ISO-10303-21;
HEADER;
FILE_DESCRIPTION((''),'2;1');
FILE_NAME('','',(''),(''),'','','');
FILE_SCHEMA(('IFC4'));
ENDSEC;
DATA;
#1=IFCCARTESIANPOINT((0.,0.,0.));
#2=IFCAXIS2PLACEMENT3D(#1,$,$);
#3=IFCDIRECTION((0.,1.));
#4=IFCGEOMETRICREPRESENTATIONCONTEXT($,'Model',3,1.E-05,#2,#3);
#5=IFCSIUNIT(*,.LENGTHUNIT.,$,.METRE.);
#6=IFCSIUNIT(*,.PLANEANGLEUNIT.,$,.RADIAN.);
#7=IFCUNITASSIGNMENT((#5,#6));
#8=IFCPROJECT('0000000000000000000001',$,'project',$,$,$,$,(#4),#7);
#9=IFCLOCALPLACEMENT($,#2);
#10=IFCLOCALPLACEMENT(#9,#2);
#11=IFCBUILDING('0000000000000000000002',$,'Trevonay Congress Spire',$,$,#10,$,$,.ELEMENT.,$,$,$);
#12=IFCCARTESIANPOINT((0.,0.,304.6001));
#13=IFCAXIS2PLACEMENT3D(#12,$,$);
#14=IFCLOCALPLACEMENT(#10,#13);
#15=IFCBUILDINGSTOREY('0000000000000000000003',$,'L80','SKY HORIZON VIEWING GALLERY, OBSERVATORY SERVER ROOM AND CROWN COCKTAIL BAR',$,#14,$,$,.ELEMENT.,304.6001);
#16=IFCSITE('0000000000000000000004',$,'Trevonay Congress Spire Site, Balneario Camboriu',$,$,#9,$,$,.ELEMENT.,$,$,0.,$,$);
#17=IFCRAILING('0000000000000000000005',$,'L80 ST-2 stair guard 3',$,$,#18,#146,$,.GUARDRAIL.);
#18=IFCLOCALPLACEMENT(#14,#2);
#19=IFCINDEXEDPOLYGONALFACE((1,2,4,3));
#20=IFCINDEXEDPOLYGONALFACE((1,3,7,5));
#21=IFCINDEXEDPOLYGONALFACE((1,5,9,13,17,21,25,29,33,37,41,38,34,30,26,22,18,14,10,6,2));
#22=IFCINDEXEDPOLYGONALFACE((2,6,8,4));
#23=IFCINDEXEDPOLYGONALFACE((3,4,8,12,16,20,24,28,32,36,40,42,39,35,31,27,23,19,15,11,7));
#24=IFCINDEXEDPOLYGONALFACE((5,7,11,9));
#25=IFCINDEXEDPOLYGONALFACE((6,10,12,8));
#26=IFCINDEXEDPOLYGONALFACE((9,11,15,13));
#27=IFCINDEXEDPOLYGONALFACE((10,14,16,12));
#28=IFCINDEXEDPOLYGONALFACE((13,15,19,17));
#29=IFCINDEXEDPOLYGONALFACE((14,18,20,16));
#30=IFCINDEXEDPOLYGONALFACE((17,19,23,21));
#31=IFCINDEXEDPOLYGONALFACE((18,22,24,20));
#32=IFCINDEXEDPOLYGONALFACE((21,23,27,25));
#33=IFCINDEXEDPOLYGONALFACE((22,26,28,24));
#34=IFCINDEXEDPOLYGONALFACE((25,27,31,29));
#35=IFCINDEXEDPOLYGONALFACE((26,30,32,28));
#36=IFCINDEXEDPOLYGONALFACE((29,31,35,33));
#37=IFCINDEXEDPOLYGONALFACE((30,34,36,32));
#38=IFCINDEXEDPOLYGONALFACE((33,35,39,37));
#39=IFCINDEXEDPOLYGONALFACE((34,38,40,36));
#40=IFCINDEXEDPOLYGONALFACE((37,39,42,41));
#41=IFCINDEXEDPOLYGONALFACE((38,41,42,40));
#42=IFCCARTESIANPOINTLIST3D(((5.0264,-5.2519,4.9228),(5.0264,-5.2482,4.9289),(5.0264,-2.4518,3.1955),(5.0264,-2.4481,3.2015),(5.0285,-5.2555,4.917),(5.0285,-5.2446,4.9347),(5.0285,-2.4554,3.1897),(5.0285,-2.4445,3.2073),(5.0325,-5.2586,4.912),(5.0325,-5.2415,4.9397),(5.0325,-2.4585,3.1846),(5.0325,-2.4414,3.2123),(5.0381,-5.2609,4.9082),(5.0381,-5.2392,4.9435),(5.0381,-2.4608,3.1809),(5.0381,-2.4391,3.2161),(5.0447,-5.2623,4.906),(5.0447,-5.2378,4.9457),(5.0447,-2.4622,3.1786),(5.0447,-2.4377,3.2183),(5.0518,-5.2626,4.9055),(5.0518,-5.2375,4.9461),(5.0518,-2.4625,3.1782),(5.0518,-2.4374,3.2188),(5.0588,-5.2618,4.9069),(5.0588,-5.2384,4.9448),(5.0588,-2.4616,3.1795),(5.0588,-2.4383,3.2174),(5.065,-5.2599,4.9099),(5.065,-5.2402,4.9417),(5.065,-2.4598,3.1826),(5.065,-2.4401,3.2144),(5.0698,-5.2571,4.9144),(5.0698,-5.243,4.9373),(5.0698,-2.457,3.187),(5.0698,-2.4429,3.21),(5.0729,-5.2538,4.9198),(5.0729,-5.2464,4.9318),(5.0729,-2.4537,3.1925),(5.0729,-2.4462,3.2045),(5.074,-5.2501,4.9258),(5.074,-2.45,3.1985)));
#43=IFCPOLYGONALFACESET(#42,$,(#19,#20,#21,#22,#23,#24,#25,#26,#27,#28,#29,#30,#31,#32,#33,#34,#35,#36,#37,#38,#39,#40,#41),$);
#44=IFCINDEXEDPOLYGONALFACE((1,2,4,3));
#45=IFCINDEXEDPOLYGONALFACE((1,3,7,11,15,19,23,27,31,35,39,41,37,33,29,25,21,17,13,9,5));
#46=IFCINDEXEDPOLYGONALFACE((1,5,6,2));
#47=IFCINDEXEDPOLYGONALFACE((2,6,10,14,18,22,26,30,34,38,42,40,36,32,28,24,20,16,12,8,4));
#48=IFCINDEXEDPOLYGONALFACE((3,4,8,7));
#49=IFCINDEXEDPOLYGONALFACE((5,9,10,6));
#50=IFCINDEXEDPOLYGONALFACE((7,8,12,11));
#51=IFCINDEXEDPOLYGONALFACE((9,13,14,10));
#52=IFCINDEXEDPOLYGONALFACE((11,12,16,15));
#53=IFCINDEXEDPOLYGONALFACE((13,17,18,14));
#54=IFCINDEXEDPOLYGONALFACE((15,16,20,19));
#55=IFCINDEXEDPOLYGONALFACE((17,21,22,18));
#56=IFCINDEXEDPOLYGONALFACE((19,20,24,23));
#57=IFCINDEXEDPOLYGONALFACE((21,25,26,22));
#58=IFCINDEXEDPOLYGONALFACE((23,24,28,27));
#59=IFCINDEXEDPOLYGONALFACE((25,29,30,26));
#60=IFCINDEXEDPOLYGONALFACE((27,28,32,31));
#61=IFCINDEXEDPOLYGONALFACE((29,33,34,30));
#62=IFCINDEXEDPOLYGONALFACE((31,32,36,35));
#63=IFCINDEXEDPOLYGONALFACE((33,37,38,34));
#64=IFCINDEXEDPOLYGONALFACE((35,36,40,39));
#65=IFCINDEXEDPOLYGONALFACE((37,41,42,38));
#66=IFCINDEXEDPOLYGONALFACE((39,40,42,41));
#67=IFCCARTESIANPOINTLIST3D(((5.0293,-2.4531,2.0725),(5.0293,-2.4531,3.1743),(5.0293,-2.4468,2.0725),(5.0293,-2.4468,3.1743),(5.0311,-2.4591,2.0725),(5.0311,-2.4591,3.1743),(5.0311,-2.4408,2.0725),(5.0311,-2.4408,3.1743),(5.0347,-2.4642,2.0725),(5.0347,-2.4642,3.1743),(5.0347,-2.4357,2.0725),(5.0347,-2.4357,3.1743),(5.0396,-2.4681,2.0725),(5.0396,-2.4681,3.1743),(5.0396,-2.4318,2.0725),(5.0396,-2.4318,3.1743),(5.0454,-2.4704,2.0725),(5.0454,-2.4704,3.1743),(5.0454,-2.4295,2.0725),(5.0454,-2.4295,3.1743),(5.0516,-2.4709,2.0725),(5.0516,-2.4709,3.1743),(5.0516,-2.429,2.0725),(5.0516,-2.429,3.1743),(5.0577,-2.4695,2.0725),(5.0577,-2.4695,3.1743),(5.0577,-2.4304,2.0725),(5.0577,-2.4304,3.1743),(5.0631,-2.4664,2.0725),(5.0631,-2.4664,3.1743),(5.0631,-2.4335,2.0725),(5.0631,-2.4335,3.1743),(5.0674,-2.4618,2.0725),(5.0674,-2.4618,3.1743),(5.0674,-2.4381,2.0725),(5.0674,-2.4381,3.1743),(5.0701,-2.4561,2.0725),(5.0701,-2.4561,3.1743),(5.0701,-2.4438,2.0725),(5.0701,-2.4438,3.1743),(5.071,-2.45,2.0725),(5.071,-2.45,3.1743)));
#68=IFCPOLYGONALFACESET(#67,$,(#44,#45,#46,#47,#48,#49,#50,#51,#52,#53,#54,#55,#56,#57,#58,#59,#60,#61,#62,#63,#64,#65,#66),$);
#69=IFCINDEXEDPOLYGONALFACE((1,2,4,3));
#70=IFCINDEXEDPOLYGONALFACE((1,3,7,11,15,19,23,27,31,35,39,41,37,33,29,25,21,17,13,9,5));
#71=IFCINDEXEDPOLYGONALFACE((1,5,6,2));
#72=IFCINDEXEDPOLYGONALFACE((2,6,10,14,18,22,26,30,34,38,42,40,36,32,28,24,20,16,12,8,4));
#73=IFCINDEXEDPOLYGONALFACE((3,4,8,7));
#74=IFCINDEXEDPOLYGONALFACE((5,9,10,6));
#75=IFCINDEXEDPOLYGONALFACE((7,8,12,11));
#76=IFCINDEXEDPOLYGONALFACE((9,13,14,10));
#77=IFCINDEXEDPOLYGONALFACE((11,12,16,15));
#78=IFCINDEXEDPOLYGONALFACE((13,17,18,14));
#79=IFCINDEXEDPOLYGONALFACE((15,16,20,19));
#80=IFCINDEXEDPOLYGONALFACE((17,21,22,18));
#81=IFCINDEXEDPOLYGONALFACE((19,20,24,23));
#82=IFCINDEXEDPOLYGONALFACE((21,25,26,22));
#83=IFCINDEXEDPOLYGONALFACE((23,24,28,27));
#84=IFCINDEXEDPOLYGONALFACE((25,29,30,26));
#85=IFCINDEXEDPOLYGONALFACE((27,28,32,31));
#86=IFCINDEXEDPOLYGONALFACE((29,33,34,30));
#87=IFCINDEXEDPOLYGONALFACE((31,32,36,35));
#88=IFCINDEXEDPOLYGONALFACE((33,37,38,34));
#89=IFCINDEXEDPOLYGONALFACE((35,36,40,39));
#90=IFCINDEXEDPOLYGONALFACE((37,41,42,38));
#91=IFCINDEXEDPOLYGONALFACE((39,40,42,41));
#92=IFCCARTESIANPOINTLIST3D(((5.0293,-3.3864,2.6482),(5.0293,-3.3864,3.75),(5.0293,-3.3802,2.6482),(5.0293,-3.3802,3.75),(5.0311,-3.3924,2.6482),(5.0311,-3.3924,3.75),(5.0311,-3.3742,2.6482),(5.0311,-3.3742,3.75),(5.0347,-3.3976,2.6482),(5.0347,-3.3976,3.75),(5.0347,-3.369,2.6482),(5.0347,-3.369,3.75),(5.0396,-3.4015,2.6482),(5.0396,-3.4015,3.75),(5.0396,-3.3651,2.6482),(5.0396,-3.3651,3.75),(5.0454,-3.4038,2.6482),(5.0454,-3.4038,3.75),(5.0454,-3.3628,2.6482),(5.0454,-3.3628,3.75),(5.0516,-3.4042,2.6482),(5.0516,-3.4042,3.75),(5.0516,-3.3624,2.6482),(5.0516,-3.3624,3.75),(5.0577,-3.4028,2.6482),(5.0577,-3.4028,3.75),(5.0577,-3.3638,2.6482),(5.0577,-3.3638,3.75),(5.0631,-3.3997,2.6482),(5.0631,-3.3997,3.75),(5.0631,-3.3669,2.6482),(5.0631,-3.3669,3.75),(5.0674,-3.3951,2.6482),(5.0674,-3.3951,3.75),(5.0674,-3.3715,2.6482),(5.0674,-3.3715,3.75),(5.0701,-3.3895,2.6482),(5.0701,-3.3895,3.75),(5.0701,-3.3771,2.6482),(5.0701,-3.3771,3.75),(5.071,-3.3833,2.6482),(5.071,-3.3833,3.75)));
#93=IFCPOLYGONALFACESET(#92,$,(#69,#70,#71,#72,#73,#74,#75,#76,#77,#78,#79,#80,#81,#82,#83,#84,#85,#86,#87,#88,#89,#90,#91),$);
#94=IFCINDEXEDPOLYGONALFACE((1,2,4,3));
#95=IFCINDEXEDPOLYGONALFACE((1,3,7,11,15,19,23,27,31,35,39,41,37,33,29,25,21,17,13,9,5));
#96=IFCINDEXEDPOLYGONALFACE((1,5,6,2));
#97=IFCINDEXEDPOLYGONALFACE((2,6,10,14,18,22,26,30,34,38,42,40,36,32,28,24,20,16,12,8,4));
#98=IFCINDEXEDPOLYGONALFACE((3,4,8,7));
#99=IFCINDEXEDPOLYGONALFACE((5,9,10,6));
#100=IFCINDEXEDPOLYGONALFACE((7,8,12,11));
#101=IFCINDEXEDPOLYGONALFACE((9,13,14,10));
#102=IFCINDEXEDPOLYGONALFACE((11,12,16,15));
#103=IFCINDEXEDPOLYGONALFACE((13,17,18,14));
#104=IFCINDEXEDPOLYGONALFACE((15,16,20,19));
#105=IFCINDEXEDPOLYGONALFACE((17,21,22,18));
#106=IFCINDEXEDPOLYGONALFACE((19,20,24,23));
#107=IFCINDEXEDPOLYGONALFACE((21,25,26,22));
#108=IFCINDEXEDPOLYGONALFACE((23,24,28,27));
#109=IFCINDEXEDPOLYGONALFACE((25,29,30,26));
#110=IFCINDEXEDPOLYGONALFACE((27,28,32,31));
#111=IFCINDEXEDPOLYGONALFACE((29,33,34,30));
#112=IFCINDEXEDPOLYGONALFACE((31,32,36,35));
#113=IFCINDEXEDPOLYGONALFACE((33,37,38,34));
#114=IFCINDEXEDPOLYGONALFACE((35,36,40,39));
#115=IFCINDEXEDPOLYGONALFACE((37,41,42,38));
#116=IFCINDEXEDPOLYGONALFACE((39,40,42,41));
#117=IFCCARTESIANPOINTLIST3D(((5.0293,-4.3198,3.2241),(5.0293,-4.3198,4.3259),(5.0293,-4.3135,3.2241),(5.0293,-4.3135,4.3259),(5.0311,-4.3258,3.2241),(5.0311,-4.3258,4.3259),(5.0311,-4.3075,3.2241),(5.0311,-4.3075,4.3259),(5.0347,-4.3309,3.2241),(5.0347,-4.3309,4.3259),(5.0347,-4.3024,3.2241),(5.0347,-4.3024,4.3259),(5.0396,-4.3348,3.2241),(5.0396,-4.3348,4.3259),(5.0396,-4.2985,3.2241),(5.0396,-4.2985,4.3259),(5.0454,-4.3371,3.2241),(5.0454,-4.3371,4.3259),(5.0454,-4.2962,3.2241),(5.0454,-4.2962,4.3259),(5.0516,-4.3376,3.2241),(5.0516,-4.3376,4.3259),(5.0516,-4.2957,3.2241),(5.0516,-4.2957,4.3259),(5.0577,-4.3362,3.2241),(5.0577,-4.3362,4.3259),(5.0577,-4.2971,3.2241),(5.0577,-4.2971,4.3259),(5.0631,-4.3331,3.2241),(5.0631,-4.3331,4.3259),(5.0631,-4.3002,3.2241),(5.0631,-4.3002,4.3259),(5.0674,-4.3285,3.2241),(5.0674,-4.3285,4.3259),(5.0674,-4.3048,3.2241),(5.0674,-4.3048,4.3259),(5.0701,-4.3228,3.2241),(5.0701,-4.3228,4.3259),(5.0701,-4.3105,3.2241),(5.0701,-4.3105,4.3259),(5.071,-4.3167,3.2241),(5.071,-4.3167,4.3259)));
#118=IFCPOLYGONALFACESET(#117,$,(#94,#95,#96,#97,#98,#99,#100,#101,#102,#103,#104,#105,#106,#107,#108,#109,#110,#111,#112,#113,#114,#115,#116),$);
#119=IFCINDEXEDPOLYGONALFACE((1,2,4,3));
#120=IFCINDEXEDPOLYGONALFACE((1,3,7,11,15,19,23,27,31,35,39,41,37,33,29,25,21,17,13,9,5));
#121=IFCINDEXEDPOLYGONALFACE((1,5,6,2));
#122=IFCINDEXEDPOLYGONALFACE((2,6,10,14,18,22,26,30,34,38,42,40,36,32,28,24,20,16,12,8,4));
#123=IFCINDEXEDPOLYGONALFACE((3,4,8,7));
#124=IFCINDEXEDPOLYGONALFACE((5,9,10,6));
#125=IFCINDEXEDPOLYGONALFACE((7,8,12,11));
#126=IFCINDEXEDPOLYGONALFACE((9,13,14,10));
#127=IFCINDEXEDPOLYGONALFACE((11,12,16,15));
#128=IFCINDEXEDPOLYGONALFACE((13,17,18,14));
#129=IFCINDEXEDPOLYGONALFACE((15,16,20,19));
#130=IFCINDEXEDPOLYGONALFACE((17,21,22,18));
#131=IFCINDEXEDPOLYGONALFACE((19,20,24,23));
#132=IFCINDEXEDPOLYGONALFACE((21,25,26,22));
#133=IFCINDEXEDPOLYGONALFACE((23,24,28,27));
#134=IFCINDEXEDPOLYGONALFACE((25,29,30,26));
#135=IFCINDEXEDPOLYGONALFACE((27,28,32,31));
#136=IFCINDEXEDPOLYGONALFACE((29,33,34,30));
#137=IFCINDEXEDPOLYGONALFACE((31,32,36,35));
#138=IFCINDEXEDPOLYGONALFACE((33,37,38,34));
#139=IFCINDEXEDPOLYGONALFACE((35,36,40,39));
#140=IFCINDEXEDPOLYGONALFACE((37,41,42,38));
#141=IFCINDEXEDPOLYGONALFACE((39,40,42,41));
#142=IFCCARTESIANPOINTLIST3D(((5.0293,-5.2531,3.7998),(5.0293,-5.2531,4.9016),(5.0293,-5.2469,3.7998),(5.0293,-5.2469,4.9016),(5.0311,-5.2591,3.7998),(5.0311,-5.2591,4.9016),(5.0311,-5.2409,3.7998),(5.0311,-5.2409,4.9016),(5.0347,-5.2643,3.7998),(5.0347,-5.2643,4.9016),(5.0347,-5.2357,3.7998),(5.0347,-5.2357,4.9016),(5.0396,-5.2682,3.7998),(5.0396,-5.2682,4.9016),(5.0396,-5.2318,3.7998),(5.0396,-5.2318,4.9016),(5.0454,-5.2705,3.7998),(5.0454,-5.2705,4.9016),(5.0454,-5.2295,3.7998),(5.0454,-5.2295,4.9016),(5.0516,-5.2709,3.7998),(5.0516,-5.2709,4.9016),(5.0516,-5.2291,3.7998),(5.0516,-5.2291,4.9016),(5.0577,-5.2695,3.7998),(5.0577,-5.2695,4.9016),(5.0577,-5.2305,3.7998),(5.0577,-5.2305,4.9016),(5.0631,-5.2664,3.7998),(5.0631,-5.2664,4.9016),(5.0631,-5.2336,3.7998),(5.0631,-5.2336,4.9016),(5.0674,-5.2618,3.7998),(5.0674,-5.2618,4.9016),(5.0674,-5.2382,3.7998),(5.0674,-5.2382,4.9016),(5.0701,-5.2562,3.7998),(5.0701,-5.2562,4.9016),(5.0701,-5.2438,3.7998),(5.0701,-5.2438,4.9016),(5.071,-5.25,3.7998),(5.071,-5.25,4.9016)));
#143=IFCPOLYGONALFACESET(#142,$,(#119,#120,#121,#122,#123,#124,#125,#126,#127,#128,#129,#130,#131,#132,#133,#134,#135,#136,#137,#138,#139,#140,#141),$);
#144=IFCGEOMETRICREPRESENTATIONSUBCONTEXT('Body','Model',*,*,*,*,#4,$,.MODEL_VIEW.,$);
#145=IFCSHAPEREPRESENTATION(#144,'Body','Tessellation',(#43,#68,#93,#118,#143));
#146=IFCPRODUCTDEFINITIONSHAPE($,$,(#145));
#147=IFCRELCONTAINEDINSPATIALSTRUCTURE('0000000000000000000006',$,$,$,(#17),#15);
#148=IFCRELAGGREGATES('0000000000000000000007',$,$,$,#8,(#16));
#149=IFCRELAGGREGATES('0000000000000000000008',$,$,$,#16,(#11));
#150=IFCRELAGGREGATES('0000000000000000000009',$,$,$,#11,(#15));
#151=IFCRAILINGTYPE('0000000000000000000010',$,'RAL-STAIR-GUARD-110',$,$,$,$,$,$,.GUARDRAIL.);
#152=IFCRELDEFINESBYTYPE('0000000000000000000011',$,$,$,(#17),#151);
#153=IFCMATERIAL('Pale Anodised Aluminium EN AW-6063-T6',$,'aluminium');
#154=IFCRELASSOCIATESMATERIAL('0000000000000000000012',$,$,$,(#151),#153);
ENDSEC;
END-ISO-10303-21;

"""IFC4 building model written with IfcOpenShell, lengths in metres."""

from ifc_helpers import new_model, si_unit, direction, frame, origin, origin_2d, place, context, subcontext, project, spatial, circle, extrude, material, type_object, element, save


model = new_model("IFC4")

# Units and contexts
model_context = context("Model", 3, precision=1e-05, world=origin(), true_north=direction((0.0, 1.0)))
body_context = subcontext(model_context, "Body", "Model", "MODEL_VIEW")
ifc_project = project(units=[si_unit("LENGTHUNIT", "METRE"), si_unit("PLANEANGLEUNIT", "RADIAN")], contexts=[model_context])

# Site, building, storey
site_placement = place(None, origin())
site = spatial("IfcSite", under=ifc_project, at=site_placement, Name="Trevonay Congress Spire Site, Balneario Camboriu", CompositionType="ELEMENT", RefElevation=0.0)
building_placement = place(site_placement, origin())
building = spatial("IfcBuilding", under=site, at=building_placement, Name="Trevonay Congress Spire", CompositionType="ELEMENT")
storey_placement = place(building_placement, frame((0.0, 0.0, 304.6001)))
storey = spatial("IfcBuildingStorey", under=building, at=storey_placement, Name="L80", Description="SKY HORIZON VIEWING GALLERY, OBSERVATORY SERVER ROOM AND CROWN COCKTAIL BAR", CompositionType="ELEMENT", Elevation=304.6001)

# Shared definitions
ifc_material_1 = material(Name="Pale Anodised Aluminium EN AW-6063-T6", Category="aluminium")

# Railing
railing_type_1 = type_object("IfcRailingType", Name="RAL-STAIR-GUARD-110", PredefinedType="GUARDRAIL", material=ifc_material_1)
railing_1_placement = place(storey_placement, frame((5.05, -2.45, 2.0725)))
element("IfcRailing", 1, at=railing_1_placement, inside=storey, type_object=railing_type_1, Name="L80 ST-2 stair guard 3", PredefinedType="GUARDRAIL", context=body_context, shape_type="SweptSolid", body=[
    extrude(circle(Radius=0.0239, at=origin_2d()), frame((0.0, 0.0, 1.126), z_axis=(0.0, -0.85109, 0.52502), x_axis=(1.0, 0.0, 0.0)), (0.0, 0.0, 1.0), 3.29),
    extrude(circle(Radius=0.021, at=origin_2d()), origin(), (0.0, 0.0, 1.0), 1.1018),
    extrude(circle(Radius=0.021, at=origin_2d()), frame((0.0, -0.9333, 0.5757)), (0.0, 0.0, 1.0), 1.1018),
    extrude(circle(Radius=0.021, at=origin_2d()), frame((0.0, -1.8667, 1.1516)), (0.0, 0.0, 1.0), 1.1018),
    extrude(circle(Radius=0.021, at=origin_2d()), frame((0.0, -2.8, 1.7273)), (0.0, 0.0, 1.0), 1.1018),
])

save(model, "model.ifc")
